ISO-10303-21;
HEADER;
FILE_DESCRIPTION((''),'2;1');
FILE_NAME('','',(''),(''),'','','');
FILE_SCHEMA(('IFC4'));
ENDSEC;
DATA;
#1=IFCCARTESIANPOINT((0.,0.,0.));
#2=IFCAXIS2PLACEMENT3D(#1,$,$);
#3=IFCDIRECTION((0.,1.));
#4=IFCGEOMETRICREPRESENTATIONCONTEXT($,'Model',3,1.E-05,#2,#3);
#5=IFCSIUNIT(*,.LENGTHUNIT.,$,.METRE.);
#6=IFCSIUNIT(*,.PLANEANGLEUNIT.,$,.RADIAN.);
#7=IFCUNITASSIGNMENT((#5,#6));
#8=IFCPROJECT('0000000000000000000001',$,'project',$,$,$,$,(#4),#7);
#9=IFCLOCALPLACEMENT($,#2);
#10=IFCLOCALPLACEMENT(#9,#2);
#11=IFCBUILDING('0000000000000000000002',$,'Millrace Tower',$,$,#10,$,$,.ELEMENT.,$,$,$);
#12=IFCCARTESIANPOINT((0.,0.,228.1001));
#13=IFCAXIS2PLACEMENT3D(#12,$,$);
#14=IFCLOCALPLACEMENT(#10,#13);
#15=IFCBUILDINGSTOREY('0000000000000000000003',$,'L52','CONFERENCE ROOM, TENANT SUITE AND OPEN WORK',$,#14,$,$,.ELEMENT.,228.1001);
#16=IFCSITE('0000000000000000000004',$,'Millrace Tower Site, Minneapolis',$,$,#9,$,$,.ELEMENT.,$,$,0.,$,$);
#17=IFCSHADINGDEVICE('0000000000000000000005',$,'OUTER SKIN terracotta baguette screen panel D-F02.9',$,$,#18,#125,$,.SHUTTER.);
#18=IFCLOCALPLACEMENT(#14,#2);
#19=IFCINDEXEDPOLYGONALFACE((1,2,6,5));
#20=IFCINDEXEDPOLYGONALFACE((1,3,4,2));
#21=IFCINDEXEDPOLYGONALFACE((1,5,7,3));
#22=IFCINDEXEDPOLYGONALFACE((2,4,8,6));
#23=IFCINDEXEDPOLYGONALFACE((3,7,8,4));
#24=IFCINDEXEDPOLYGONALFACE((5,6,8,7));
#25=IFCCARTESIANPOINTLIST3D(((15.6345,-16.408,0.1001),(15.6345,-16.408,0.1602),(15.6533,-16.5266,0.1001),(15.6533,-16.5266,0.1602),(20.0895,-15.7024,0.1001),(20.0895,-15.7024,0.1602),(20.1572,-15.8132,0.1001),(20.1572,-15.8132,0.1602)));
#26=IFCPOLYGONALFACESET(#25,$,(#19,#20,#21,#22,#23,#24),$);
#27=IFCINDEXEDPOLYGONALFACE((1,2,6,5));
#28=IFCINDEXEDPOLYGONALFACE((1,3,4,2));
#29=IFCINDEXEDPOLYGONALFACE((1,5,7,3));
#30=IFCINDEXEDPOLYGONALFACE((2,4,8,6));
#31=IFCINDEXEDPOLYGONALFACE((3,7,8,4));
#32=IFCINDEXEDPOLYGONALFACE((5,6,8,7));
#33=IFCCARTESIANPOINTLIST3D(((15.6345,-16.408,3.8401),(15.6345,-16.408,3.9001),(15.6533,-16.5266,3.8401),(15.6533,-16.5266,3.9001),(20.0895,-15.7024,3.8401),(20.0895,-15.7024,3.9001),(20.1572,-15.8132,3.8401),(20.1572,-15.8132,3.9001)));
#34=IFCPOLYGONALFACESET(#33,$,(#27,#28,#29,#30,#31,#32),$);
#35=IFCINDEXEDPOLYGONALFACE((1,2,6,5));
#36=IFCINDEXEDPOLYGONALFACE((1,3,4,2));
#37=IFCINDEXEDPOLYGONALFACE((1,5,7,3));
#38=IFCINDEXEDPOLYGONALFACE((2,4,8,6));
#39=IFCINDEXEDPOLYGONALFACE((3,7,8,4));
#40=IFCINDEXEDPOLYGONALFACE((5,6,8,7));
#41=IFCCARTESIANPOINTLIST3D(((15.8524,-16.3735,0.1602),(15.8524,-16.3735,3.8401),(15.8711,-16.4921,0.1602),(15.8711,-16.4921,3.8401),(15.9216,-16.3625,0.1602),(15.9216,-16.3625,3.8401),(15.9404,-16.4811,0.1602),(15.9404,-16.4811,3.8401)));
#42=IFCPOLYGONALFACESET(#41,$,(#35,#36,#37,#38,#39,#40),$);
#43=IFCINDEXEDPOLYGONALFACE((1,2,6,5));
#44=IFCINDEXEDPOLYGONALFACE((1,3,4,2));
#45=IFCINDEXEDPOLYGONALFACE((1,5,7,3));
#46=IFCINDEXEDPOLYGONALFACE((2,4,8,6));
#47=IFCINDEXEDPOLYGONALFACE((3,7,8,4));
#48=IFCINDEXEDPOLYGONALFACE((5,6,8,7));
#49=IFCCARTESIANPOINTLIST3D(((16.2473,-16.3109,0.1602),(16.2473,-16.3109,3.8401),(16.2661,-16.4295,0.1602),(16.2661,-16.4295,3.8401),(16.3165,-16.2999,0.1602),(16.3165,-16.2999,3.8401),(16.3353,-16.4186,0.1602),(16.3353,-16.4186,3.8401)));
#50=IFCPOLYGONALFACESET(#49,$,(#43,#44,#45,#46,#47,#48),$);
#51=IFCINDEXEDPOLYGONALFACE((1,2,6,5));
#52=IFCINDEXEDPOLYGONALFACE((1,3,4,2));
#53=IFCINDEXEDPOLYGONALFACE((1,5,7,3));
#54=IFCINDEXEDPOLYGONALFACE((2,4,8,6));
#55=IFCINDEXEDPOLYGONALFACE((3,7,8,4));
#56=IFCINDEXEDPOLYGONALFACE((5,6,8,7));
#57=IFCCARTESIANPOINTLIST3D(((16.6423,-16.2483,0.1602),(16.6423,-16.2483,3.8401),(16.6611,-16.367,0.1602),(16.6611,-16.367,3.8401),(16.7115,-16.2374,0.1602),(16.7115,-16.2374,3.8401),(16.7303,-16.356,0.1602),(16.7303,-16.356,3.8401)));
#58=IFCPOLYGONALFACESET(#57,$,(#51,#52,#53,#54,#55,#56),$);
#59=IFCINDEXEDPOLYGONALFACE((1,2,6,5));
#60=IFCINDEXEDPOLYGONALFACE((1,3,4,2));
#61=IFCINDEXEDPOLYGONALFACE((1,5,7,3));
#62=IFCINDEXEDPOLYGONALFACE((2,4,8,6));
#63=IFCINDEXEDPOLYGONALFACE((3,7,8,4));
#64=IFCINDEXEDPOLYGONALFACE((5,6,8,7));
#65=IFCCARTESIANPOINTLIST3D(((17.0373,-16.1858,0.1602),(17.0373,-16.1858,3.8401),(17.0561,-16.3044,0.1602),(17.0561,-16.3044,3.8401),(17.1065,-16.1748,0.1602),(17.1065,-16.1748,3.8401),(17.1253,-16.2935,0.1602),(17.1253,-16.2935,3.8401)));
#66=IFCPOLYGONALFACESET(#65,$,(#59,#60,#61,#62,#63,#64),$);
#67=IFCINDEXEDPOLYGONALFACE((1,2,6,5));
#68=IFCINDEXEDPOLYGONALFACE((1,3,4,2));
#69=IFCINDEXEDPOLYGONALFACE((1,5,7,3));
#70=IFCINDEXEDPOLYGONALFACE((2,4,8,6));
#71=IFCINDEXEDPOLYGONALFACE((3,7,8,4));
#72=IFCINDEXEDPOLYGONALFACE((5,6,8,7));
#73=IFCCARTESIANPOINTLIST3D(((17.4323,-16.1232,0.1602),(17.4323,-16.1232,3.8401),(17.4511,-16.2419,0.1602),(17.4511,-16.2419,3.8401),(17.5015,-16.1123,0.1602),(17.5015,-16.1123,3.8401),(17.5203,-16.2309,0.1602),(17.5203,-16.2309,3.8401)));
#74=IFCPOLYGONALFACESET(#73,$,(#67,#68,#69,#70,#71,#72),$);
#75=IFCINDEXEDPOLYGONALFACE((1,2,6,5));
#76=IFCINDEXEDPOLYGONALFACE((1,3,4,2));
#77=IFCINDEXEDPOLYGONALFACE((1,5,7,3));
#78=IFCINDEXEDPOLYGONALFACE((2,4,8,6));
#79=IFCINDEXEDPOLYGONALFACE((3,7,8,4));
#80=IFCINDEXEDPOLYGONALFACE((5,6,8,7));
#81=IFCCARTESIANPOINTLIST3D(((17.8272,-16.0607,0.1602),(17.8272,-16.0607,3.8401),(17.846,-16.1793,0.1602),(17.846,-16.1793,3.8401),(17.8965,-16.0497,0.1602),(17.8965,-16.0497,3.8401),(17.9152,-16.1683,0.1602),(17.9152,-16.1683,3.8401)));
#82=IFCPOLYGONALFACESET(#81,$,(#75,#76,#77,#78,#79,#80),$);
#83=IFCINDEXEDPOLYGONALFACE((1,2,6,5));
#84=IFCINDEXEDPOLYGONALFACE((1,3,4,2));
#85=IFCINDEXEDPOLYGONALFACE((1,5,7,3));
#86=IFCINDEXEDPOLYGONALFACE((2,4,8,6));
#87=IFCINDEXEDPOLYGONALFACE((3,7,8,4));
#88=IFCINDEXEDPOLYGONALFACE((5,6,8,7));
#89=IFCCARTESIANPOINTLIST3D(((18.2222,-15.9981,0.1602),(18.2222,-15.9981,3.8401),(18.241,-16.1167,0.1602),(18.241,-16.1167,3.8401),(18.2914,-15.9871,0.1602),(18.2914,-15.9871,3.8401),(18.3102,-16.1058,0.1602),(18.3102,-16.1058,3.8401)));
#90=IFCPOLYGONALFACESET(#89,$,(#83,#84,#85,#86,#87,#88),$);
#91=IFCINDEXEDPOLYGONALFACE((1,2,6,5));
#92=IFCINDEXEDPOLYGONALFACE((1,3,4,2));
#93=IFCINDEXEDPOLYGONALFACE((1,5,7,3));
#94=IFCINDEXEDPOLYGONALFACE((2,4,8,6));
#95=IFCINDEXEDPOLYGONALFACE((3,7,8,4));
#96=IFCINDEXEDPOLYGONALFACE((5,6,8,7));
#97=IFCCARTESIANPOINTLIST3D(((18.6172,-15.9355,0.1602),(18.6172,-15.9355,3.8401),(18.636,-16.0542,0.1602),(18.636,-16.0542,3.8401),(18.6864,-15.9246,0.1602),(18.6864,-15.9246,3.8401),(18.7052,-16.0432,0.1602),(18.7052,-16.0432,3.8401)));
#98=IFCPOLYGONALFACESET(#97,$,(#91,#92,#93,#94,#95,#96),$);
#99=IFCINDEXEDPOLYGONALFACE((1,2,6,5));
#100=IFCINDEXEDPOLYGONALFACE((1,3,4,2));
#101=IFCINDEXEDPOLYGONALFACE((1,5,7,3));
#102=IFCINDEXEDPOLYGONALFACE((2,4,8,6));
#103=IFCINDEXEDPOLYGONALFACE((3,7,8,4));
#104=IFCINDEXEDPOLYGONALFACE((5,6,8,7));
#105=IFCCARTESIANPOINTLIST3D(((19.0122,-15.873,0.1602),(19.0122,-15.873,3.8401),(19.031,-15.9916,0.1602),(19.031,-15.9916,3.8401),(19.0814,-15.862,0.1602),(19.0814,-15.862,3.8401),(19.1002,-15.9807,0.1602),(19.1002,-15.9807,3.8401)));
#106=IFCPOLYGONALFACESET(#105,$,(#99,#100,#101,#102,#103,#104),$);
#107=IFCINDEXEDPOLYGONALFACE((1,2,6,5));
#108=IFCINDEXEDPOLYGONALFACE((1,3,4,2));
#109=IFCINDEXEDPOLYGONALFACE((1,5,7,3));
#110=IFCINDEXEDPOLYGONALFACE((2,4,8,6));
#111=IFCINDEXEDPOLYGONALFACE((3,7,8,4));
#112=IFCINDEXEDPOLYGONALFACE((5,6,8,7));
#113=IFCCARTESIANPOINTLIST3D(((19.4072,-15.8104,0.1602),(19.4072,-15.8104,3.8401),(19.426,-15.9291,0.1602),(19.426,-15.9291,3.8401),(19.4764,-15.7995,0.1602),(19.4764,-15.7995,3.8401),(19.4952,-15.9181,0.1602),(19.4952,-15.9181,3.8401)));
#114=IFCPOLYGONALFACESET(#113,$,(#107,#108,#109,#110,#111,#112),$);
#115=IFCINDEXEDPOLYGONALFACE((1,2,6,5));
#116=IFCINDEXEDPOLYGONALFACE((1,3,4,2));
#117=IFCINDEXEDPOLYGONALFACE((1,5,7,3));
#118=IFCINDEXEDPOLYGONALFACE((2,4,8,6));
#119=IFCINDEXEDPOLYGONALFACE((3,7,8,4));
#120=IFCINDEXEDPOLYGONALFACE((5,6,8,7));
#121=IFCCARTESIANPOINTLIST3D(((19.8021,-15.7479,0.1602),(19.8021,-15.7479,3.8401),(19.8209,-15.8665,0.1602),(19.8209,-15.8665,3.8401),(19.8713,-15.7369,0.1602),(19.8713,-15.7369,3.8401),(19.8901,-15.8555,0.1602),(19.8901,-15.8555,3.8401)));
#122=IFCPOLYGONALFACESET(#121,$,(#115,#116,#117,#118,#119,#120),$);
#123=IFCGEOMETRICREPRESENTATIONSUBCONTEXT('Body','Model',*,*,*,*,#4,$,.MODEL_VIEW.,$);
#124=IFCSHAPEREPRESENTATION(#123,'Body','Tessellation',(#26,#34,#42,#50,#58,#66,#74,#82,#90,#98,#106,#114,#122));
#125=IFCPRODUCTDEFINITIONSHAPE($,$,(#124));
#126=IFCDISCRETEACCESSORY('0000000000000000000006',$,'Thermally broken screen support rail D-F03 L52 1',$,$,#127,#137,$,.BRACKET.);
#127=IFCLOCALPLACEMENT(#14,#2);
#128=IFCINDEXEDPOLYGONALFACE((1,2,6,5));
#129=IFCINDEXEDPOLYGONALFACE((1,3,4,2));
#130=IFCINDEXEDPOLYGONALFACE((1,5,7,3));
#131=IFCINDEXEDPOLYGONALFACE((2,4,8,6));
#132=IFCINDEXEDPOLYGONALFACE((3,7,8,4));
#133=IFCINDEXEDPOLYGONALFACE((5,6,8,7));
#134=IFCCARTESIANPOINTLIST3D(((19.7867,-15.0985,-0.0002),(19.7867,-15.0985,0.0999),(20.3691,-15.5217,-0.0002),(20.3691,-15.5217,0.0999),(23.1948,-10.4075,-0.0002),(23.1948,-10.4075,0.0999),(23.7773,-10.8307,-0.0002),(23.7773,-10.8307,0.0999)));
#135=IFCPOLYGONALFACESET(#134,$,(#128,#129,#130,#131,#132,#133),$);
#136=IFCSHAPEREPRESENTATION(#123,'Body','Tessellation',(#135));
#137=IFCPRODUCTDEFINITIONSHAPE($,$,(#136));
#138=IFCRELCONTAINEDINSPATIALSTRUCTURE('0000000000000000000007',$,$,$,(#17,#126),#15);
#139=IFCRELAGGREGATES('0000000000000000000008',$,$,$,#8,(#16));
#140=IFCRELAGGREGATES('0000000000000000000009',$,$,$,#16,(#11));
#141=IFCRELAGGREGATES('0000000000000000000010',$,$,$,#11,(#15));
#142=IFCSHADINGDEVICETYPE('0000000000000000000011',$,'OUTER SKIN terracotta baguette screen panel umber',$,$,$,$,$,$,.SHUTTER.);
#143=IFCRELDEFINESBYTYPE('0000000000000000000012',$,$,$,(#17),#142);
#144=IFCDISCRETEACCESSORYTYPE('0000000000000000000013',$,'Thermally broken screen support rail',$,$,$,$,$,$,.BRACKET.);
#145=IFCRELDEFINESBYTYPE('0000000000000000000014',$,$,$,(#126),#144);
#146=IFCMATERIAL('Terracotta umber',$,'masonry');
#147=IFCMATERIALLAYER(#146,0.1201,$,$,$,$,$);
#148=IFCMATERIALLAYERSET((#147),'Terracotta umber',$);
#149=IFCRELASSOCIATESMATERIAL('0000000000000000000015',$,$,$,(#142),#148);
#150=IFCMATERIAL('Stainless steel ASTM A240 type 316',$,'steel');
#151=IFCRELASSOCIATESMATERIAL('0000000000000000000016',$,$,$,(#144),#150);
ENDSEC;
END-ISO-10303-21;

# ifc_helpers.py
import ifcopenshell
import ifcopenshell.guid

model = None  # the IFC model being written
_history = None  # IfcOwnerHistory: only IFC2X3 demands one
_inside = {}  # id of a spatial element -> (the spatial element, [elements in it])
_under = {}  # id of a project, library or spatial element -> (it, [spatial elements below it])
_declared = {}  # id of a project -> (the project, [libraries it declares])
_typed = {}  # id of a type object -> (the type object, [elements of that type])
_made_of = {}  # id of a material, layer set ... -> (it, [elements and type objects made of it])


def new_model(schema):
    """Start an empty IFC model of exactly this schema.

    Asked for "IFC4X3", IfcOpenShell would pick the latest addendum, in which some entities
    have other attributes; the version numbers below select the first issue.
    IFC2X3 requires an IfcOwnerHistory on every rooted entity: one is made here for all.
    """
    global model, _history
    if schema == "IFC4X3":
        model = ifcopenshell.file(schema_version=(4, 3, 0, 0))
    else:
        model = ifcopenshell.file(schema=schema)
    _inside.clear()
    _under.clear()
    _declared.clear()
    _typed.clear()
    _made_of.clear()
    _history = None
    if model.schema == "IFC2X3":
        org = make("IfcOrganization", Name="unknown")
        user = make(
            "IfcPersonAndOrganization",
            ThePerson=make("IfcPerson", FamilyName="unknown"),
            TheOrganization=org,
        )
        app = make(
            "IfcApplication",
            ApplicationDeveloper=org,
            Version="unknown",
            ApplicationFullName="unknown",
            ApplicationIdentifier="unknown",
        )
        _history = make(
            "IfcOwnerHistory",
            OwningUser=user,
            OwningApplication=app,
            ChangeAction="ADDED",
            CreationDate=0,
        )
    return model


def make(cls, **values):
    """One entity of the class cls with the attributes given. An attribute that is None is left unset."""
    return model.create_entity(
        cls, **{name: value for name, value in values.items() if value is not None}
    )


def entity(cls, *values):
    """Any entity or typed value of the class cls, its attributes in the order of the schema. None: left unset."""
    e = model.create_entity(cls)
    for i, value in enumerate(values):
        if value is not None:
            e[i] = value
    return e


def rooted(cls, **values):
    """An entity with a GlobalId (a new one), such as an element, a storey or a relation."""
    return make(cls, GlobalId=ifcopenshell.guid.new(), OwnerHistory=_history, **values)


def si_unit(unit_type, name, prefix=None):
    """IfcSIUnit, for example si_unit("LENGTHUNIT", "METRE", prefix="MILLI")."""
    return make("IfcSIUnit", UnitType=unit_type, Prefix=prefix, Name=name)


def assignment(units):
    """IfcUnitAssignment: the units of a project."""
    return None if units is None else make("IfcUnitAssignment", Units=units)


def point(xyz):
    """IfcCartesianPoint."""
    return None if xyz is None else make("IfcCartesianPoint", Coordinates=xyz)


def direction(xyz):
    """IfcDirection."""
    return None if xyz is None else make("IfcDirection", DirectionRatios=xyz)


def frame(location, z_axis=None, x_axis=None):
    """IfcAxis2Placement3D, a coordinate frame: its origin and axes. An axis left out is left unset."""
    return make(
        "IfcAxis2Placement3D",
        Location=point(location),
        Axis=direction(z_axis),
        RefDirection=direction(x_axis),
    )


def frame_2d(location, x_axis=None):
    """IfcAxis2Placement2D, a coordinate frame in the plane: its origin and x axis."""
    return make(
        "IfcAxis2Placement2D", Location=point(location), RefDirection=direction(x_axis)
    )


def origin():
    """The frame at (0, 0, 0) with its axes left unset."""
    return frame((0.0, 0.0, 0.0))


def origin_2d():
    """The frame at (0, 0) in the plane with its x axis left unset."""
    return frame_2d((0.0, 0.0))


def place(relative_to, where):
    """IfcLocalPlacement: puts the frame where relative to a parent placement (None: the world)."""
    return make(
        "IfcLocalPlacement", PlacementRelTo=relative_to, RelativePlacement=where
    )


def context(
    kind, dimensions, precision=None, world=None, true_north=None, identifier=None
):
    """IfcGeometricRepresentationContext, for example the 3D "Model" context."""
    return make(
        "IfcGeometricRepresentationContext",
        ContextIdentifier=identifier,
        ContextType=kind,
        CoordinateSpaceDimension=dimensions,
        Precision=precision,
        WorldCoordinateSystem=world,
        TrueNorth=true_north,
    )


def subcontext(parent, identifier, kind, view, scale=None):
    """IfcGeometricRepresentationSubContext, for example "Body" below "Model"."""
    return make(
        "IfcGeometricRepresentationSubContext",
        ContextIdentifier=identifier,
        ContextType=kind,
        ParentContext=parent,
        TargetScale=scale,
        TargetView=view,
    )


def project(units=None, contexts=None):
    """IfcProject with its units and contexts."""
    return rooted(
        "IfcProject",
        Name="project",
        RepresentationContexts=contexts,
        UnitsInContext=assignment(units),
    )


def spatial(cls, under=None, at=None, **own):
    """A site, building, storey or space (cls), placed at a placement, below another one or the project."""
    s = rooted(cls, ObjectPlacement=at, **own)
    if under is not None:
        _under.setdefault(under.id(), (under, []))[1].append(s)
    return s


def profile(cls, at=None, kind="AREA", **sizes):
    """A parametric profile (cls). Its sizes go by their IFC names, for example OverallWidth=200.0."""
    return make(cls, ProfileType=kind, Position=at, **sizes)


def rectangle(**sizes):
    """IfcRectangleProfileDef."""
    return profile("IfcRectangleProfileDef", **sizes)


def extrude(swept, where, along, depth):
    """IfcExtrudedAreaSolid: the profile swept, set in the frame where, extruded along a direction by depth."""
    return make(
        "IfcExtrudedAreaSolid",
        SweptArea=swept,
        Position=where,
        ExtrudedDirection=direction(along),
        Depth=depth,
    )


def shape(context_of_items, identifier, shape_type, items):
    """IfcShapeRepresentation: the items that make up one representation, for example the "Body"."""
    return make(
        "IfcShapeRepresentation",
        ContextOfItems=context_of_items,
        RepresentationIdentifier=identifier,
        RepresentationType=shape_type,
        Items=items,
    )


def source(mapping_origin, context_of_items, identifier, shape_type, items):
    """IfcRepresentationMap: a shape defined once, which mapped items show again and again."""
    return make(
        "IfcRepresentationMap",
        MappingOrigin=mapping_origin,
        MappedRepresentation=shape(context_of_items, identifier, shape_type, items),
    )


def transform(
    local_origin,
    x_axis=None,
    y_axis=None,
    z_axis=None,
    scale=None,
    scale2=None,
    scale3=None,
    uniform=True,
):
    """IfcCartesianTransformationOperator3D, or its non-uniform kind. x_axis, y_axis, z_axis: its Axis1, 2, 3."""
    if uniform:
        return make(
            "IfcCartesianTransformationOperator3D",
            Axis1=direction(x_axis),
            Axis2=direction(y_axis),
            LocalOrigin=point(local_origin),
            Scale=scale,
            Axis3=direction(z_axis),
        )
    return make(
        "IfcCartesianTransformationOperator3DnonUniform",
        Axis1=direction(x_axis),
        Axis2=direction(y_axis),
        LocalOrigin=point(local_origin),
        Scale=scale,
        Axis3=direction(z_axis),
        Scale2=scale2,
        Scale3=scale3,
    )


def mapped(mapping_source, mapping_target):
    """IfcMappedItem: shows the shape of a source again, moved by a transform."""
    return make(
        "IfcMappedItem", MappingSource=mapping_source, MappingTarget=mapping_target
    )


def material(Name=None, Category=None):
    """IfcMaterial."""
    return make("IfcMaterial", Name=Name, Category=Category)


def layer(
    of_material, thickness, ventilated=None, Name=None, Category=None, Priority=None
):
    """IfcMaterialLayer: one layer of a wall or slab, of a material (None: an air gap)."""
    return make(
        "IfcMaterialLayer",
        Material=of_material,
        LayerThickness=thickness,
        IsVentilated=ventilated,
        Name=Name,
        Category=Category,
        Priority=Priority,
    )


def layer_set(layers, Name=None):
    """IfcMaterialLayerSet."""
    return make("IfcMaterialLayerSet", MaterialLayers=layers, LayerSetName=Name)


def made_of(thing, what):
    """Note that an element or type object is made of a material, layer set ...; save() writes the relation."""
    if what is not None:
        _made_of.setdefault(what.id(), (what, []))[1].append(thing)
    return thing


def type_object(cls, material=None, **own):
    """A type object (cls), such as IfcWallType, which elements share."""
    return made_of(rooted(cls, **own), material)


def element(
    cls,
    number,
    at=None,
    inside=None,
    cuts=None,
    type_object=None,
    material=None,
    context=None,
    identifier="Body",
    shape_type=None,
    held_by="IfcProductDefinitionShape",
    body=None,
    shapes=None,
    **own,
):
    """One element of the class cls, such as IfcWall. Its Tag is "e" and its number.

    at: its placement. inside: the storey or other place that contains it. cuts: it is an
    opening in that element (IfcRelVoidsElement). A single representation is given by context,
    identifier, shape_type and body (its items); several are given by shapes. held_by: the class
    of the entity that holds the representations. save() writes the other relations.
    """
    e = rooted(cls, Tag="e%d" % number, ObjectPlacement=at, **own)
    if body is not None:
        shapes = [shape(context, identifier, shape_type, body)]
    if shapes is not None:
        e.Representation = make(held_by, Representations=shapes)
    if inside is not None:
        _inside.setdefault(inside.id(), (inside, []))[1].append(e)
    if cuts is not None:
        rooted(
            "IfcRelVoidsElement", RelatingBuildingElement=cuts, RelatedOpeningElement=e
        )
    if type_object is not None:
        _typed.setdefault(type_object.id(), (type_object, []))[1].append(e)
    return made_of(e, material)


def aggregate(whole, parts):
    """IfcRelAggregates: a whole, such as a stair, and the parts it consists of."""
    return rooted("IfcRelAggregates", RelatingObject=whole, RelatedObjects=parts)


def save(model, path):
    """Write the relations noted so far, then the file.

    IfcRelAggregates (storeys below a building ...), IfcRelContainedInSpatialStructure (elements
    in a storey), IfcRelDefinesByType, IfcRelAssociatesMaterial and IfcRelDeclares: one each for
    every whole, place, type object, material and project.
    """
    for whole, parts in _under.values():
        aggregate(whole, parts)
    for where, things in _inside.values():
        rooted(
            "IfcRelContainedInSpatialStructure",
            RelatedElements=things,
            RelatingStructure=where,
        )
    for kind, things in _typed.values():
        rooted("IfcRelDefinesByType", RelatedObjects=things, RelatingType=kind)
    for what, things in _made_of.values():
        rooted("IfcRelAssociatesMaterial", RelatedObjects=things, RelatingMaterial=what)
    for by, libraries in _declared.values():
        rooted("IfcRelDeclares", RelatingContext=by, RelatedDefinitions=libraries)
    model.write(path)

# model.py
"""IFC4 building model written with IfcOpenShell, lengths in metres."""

from ifc_helpers import new_model, entity, si_unit, direction, frame, frame_2d, origin, origin_2d, place, context, subcontext, project, spatial, rectangle, extrude, source, transform, mapped, material, layer, layer_set, type_object, element, save


model = new_model("IFC4")

# Units and contexts
model_context = context("Model", 3, precision=1e-05, world=origin(), true_north=direction((0.0, 1.0)))
body_context = subcontext(model_context, "Body", "Model", "MODEL_VIEW")
ifc_project = project(units=[si_unit("LENGTHUNIT", "METRE"), si_unit("PLANEANGLEUNIT", "RADIAN")], contexts=[model_context])

# Site, building, storey
site_placement = place(None, origin())
site = spatial("IfcSite", under=ifc_project, at=site_placement, Name="Millrace Tower Site, Minneapolis", CompositionType="ELEMENT", RefElevation=0.0)
building_placement = place(site_placement, origin())
building = spatial("IfcBuilding", under=site, at=building_placement, Name="Millrace Tower", CompositionType="ELEMENT")
storey_placement = place(building_placement, frame((0.0, 0.0, 228.1001)))
storey = spatial("IfcBuildingStorey", under=building, at=storey_placement, Name="L52", Description="CONFERENCE ROOM, TENANT SUITE AND OPEN WORK", CompositionType="ELEMENT", Elevation=228.1001)

# Shading device
ifc_material_1 = material(Name="Terracotta umber", Category="masonry")
ifc_layer_1 = layer(ifc_material_1, 0.1201)
ifc_layer_set_1 = layer_set([ifc_layer_1], Name="Terracotta umber")
shading_device_type = type_object("IfcShadingDeviceType", Name="OUTER SKIN terracotta baguette screen panel umber", PredefinedType="SHUTTER", material=ifc_layer_set_1)
cartesian_point_1 = entity("IfcCartesianPoint", [-2.2676, 0.0601])
shared_polyline_1 = entity("IfcPolyline", [cartesian_point_1, entity("IfcCartesianPoint", [2.2429, 0.0601]), entity("IfcCartesianPoint", [2.2925, -0.0601]), entity("IfcCartesianPoint", [-2.2676, -0.0601]), cartesian_point_1])
shared_shape_1 = source(origin(), body_context, "Body", "SweptSolid", [
    entity("IfcExtrudedAreaSolid", entity("IfcArbitraryClosedProfileDef", "AREA", None, shared_polyline_1), entity("IfcAxis2Placement3D", entity("IfcCartesianPoint", [0.0, 0.0, 0.0])), entity("IfcDirection", [0.0, 0.0, 1.0]), 0.0601),
    entity("IfcExtrudedAreaSolid", entity("IfcArbitraryClosedProfileDef", "AREA", None, shared_polyline_1), entity("IfcAxis2Placement3D", entity("IfcCartesianPoint", [0.0, 0.0, 3.74])), entity("IfcDirection", [0.0, 0.0, 1.0]), 0.0601),
    extrude(rectangle(XDim=0.0701, YDim=0.1201, at=frame_2d((-2.012, 0.0))), frame((0.0, 0.0, 0.0601)), (0.0, 0.0, 1.0), 3.6799),
    extrude(rectangle(XDim=0.0701, YDim=0.1201, at=frame_2d((-1.6121, 0.0))), frame((0.0, 0.0, 0.0601)), (0.0, 0.0, 1.0), 3.6799),
    extrude(rectangle(XDim=0.0701, YDim=0.1201, at=frame_2d((-1.2122, 0.0))), frame((0.0, 0.0, 0.0601)), (0.0, 0.0, 1.0), 3.6799),
    extrude(rectangle(XDim=0.0701, YDim=0.1201, at=frame_2d((-0.8123, 0.0))), frame((0.0, 0.0, 0.0601)), (0.0, 0.0, 1.0), 3.6799),
    extrude(rectangle(XDim=0.0701, YDim=0.1201, at=frame_2d((-0.4124, 0.0))), frame((0.0, 0.0, 0.0601)), (0.0, 0.0, 1.0), 3.6799),
    extrude(rectangle(XDim=0.0701, YDim=0.1201, at=frame_2d((-0.0125, 0.0))), frame((0.0, 0.0, 0.0601)), (0.0, 0.0, 1.0), 3.6799),
    extrude(rectangle(XDim=0.0701, YDim=0.1201, at=frame_2d((0.3875, 0.0))), frame((0.0, 0.0, 0.0601)), (0.0, 0.0, 1.0), 3.6799),
    extrude(rectangle(XDim=0.0701, YDim=0.1201, at=frame_2d((0.7874, 0.0))), frame((0.0, 0.0, 0.0601)), (0.0, 0.0, 1.0), 3.6799),
    extrude(rectangle(XDim=0.0701, YDim=0.1201, at=frame_2d((1.1873, 0.0))), frame((0.0, 0.0, 0.0601)), (0.0, 0.0, 1.0), 3.6799),
    extrude(rectangle(XDim=0.0701, YDim=0.1201, at=frame_2d((1.5872, 0.0))), frame((0.0, 0.0, 0.0601)), (0.0, 0.0, 1.0), 3.6799),
    extrude(rectangle(XDim=0.0701, YDim=0.1201, at=frame_2d((1.9871, 0.0))), frame((0.0, 0.0, 0.0601)), (0.0, 0.0, 1.0), 3.6799),
])
shading_device_1_placement = place(storey_placement, frame((17.8835, -16.1125, 0.1001), z_axis=(0.0, 0.0, 1.0), x_axis=(0.987688, 0.156434, 0.0)))
element("IfcShadingDevice", 1, at=shading_device_1_placement, inside=storey, type_object=shading_device_type, Name="OUTER SKIN terracotta baguette screen panel D-F02.9", PredefinedType="SHUTTER", context=body_context, shape_type="MappedRepresentation", body=[
    mapped(shared_shape_1, transform((0.0, 0.0, 0.0), scale=1.0)),
])

# Discrete accessory
ifc_material_2 = material(Name="Stainless steel ASTM A240 type 316", Category="steel")
discrete_accessory_type = type_object("IfcDiscreteAccessoryType", Name="Thermally broken screen support rail", PredefinedType="BRACKET", material=ifc_material_2)
discrete_accessory_placement = place(storey_placement, frame((21.782, -12.9646, -0.0002), z_axis=(0.0, 0.0, 1.0), x_axis=(0.587785, 0.809017, 0.0)))
element("IfcDiscreteAccessory", 2, at=discrete_accessory_placement, inside=storey, type_object=discrete_accessory_type, Name="Thermally broken screen support rail D-F03 L52 1", PredefinedType="BRACKET", context=body_context, shape_type="SweptSolid", body=[
    extrude(rectangle(XDim=5.7983, YDim=0.72, at=origin_2d()), origin(), (0.0, 0.0, 1.0), 0.1001),
])

save(model, "model.ifc")
